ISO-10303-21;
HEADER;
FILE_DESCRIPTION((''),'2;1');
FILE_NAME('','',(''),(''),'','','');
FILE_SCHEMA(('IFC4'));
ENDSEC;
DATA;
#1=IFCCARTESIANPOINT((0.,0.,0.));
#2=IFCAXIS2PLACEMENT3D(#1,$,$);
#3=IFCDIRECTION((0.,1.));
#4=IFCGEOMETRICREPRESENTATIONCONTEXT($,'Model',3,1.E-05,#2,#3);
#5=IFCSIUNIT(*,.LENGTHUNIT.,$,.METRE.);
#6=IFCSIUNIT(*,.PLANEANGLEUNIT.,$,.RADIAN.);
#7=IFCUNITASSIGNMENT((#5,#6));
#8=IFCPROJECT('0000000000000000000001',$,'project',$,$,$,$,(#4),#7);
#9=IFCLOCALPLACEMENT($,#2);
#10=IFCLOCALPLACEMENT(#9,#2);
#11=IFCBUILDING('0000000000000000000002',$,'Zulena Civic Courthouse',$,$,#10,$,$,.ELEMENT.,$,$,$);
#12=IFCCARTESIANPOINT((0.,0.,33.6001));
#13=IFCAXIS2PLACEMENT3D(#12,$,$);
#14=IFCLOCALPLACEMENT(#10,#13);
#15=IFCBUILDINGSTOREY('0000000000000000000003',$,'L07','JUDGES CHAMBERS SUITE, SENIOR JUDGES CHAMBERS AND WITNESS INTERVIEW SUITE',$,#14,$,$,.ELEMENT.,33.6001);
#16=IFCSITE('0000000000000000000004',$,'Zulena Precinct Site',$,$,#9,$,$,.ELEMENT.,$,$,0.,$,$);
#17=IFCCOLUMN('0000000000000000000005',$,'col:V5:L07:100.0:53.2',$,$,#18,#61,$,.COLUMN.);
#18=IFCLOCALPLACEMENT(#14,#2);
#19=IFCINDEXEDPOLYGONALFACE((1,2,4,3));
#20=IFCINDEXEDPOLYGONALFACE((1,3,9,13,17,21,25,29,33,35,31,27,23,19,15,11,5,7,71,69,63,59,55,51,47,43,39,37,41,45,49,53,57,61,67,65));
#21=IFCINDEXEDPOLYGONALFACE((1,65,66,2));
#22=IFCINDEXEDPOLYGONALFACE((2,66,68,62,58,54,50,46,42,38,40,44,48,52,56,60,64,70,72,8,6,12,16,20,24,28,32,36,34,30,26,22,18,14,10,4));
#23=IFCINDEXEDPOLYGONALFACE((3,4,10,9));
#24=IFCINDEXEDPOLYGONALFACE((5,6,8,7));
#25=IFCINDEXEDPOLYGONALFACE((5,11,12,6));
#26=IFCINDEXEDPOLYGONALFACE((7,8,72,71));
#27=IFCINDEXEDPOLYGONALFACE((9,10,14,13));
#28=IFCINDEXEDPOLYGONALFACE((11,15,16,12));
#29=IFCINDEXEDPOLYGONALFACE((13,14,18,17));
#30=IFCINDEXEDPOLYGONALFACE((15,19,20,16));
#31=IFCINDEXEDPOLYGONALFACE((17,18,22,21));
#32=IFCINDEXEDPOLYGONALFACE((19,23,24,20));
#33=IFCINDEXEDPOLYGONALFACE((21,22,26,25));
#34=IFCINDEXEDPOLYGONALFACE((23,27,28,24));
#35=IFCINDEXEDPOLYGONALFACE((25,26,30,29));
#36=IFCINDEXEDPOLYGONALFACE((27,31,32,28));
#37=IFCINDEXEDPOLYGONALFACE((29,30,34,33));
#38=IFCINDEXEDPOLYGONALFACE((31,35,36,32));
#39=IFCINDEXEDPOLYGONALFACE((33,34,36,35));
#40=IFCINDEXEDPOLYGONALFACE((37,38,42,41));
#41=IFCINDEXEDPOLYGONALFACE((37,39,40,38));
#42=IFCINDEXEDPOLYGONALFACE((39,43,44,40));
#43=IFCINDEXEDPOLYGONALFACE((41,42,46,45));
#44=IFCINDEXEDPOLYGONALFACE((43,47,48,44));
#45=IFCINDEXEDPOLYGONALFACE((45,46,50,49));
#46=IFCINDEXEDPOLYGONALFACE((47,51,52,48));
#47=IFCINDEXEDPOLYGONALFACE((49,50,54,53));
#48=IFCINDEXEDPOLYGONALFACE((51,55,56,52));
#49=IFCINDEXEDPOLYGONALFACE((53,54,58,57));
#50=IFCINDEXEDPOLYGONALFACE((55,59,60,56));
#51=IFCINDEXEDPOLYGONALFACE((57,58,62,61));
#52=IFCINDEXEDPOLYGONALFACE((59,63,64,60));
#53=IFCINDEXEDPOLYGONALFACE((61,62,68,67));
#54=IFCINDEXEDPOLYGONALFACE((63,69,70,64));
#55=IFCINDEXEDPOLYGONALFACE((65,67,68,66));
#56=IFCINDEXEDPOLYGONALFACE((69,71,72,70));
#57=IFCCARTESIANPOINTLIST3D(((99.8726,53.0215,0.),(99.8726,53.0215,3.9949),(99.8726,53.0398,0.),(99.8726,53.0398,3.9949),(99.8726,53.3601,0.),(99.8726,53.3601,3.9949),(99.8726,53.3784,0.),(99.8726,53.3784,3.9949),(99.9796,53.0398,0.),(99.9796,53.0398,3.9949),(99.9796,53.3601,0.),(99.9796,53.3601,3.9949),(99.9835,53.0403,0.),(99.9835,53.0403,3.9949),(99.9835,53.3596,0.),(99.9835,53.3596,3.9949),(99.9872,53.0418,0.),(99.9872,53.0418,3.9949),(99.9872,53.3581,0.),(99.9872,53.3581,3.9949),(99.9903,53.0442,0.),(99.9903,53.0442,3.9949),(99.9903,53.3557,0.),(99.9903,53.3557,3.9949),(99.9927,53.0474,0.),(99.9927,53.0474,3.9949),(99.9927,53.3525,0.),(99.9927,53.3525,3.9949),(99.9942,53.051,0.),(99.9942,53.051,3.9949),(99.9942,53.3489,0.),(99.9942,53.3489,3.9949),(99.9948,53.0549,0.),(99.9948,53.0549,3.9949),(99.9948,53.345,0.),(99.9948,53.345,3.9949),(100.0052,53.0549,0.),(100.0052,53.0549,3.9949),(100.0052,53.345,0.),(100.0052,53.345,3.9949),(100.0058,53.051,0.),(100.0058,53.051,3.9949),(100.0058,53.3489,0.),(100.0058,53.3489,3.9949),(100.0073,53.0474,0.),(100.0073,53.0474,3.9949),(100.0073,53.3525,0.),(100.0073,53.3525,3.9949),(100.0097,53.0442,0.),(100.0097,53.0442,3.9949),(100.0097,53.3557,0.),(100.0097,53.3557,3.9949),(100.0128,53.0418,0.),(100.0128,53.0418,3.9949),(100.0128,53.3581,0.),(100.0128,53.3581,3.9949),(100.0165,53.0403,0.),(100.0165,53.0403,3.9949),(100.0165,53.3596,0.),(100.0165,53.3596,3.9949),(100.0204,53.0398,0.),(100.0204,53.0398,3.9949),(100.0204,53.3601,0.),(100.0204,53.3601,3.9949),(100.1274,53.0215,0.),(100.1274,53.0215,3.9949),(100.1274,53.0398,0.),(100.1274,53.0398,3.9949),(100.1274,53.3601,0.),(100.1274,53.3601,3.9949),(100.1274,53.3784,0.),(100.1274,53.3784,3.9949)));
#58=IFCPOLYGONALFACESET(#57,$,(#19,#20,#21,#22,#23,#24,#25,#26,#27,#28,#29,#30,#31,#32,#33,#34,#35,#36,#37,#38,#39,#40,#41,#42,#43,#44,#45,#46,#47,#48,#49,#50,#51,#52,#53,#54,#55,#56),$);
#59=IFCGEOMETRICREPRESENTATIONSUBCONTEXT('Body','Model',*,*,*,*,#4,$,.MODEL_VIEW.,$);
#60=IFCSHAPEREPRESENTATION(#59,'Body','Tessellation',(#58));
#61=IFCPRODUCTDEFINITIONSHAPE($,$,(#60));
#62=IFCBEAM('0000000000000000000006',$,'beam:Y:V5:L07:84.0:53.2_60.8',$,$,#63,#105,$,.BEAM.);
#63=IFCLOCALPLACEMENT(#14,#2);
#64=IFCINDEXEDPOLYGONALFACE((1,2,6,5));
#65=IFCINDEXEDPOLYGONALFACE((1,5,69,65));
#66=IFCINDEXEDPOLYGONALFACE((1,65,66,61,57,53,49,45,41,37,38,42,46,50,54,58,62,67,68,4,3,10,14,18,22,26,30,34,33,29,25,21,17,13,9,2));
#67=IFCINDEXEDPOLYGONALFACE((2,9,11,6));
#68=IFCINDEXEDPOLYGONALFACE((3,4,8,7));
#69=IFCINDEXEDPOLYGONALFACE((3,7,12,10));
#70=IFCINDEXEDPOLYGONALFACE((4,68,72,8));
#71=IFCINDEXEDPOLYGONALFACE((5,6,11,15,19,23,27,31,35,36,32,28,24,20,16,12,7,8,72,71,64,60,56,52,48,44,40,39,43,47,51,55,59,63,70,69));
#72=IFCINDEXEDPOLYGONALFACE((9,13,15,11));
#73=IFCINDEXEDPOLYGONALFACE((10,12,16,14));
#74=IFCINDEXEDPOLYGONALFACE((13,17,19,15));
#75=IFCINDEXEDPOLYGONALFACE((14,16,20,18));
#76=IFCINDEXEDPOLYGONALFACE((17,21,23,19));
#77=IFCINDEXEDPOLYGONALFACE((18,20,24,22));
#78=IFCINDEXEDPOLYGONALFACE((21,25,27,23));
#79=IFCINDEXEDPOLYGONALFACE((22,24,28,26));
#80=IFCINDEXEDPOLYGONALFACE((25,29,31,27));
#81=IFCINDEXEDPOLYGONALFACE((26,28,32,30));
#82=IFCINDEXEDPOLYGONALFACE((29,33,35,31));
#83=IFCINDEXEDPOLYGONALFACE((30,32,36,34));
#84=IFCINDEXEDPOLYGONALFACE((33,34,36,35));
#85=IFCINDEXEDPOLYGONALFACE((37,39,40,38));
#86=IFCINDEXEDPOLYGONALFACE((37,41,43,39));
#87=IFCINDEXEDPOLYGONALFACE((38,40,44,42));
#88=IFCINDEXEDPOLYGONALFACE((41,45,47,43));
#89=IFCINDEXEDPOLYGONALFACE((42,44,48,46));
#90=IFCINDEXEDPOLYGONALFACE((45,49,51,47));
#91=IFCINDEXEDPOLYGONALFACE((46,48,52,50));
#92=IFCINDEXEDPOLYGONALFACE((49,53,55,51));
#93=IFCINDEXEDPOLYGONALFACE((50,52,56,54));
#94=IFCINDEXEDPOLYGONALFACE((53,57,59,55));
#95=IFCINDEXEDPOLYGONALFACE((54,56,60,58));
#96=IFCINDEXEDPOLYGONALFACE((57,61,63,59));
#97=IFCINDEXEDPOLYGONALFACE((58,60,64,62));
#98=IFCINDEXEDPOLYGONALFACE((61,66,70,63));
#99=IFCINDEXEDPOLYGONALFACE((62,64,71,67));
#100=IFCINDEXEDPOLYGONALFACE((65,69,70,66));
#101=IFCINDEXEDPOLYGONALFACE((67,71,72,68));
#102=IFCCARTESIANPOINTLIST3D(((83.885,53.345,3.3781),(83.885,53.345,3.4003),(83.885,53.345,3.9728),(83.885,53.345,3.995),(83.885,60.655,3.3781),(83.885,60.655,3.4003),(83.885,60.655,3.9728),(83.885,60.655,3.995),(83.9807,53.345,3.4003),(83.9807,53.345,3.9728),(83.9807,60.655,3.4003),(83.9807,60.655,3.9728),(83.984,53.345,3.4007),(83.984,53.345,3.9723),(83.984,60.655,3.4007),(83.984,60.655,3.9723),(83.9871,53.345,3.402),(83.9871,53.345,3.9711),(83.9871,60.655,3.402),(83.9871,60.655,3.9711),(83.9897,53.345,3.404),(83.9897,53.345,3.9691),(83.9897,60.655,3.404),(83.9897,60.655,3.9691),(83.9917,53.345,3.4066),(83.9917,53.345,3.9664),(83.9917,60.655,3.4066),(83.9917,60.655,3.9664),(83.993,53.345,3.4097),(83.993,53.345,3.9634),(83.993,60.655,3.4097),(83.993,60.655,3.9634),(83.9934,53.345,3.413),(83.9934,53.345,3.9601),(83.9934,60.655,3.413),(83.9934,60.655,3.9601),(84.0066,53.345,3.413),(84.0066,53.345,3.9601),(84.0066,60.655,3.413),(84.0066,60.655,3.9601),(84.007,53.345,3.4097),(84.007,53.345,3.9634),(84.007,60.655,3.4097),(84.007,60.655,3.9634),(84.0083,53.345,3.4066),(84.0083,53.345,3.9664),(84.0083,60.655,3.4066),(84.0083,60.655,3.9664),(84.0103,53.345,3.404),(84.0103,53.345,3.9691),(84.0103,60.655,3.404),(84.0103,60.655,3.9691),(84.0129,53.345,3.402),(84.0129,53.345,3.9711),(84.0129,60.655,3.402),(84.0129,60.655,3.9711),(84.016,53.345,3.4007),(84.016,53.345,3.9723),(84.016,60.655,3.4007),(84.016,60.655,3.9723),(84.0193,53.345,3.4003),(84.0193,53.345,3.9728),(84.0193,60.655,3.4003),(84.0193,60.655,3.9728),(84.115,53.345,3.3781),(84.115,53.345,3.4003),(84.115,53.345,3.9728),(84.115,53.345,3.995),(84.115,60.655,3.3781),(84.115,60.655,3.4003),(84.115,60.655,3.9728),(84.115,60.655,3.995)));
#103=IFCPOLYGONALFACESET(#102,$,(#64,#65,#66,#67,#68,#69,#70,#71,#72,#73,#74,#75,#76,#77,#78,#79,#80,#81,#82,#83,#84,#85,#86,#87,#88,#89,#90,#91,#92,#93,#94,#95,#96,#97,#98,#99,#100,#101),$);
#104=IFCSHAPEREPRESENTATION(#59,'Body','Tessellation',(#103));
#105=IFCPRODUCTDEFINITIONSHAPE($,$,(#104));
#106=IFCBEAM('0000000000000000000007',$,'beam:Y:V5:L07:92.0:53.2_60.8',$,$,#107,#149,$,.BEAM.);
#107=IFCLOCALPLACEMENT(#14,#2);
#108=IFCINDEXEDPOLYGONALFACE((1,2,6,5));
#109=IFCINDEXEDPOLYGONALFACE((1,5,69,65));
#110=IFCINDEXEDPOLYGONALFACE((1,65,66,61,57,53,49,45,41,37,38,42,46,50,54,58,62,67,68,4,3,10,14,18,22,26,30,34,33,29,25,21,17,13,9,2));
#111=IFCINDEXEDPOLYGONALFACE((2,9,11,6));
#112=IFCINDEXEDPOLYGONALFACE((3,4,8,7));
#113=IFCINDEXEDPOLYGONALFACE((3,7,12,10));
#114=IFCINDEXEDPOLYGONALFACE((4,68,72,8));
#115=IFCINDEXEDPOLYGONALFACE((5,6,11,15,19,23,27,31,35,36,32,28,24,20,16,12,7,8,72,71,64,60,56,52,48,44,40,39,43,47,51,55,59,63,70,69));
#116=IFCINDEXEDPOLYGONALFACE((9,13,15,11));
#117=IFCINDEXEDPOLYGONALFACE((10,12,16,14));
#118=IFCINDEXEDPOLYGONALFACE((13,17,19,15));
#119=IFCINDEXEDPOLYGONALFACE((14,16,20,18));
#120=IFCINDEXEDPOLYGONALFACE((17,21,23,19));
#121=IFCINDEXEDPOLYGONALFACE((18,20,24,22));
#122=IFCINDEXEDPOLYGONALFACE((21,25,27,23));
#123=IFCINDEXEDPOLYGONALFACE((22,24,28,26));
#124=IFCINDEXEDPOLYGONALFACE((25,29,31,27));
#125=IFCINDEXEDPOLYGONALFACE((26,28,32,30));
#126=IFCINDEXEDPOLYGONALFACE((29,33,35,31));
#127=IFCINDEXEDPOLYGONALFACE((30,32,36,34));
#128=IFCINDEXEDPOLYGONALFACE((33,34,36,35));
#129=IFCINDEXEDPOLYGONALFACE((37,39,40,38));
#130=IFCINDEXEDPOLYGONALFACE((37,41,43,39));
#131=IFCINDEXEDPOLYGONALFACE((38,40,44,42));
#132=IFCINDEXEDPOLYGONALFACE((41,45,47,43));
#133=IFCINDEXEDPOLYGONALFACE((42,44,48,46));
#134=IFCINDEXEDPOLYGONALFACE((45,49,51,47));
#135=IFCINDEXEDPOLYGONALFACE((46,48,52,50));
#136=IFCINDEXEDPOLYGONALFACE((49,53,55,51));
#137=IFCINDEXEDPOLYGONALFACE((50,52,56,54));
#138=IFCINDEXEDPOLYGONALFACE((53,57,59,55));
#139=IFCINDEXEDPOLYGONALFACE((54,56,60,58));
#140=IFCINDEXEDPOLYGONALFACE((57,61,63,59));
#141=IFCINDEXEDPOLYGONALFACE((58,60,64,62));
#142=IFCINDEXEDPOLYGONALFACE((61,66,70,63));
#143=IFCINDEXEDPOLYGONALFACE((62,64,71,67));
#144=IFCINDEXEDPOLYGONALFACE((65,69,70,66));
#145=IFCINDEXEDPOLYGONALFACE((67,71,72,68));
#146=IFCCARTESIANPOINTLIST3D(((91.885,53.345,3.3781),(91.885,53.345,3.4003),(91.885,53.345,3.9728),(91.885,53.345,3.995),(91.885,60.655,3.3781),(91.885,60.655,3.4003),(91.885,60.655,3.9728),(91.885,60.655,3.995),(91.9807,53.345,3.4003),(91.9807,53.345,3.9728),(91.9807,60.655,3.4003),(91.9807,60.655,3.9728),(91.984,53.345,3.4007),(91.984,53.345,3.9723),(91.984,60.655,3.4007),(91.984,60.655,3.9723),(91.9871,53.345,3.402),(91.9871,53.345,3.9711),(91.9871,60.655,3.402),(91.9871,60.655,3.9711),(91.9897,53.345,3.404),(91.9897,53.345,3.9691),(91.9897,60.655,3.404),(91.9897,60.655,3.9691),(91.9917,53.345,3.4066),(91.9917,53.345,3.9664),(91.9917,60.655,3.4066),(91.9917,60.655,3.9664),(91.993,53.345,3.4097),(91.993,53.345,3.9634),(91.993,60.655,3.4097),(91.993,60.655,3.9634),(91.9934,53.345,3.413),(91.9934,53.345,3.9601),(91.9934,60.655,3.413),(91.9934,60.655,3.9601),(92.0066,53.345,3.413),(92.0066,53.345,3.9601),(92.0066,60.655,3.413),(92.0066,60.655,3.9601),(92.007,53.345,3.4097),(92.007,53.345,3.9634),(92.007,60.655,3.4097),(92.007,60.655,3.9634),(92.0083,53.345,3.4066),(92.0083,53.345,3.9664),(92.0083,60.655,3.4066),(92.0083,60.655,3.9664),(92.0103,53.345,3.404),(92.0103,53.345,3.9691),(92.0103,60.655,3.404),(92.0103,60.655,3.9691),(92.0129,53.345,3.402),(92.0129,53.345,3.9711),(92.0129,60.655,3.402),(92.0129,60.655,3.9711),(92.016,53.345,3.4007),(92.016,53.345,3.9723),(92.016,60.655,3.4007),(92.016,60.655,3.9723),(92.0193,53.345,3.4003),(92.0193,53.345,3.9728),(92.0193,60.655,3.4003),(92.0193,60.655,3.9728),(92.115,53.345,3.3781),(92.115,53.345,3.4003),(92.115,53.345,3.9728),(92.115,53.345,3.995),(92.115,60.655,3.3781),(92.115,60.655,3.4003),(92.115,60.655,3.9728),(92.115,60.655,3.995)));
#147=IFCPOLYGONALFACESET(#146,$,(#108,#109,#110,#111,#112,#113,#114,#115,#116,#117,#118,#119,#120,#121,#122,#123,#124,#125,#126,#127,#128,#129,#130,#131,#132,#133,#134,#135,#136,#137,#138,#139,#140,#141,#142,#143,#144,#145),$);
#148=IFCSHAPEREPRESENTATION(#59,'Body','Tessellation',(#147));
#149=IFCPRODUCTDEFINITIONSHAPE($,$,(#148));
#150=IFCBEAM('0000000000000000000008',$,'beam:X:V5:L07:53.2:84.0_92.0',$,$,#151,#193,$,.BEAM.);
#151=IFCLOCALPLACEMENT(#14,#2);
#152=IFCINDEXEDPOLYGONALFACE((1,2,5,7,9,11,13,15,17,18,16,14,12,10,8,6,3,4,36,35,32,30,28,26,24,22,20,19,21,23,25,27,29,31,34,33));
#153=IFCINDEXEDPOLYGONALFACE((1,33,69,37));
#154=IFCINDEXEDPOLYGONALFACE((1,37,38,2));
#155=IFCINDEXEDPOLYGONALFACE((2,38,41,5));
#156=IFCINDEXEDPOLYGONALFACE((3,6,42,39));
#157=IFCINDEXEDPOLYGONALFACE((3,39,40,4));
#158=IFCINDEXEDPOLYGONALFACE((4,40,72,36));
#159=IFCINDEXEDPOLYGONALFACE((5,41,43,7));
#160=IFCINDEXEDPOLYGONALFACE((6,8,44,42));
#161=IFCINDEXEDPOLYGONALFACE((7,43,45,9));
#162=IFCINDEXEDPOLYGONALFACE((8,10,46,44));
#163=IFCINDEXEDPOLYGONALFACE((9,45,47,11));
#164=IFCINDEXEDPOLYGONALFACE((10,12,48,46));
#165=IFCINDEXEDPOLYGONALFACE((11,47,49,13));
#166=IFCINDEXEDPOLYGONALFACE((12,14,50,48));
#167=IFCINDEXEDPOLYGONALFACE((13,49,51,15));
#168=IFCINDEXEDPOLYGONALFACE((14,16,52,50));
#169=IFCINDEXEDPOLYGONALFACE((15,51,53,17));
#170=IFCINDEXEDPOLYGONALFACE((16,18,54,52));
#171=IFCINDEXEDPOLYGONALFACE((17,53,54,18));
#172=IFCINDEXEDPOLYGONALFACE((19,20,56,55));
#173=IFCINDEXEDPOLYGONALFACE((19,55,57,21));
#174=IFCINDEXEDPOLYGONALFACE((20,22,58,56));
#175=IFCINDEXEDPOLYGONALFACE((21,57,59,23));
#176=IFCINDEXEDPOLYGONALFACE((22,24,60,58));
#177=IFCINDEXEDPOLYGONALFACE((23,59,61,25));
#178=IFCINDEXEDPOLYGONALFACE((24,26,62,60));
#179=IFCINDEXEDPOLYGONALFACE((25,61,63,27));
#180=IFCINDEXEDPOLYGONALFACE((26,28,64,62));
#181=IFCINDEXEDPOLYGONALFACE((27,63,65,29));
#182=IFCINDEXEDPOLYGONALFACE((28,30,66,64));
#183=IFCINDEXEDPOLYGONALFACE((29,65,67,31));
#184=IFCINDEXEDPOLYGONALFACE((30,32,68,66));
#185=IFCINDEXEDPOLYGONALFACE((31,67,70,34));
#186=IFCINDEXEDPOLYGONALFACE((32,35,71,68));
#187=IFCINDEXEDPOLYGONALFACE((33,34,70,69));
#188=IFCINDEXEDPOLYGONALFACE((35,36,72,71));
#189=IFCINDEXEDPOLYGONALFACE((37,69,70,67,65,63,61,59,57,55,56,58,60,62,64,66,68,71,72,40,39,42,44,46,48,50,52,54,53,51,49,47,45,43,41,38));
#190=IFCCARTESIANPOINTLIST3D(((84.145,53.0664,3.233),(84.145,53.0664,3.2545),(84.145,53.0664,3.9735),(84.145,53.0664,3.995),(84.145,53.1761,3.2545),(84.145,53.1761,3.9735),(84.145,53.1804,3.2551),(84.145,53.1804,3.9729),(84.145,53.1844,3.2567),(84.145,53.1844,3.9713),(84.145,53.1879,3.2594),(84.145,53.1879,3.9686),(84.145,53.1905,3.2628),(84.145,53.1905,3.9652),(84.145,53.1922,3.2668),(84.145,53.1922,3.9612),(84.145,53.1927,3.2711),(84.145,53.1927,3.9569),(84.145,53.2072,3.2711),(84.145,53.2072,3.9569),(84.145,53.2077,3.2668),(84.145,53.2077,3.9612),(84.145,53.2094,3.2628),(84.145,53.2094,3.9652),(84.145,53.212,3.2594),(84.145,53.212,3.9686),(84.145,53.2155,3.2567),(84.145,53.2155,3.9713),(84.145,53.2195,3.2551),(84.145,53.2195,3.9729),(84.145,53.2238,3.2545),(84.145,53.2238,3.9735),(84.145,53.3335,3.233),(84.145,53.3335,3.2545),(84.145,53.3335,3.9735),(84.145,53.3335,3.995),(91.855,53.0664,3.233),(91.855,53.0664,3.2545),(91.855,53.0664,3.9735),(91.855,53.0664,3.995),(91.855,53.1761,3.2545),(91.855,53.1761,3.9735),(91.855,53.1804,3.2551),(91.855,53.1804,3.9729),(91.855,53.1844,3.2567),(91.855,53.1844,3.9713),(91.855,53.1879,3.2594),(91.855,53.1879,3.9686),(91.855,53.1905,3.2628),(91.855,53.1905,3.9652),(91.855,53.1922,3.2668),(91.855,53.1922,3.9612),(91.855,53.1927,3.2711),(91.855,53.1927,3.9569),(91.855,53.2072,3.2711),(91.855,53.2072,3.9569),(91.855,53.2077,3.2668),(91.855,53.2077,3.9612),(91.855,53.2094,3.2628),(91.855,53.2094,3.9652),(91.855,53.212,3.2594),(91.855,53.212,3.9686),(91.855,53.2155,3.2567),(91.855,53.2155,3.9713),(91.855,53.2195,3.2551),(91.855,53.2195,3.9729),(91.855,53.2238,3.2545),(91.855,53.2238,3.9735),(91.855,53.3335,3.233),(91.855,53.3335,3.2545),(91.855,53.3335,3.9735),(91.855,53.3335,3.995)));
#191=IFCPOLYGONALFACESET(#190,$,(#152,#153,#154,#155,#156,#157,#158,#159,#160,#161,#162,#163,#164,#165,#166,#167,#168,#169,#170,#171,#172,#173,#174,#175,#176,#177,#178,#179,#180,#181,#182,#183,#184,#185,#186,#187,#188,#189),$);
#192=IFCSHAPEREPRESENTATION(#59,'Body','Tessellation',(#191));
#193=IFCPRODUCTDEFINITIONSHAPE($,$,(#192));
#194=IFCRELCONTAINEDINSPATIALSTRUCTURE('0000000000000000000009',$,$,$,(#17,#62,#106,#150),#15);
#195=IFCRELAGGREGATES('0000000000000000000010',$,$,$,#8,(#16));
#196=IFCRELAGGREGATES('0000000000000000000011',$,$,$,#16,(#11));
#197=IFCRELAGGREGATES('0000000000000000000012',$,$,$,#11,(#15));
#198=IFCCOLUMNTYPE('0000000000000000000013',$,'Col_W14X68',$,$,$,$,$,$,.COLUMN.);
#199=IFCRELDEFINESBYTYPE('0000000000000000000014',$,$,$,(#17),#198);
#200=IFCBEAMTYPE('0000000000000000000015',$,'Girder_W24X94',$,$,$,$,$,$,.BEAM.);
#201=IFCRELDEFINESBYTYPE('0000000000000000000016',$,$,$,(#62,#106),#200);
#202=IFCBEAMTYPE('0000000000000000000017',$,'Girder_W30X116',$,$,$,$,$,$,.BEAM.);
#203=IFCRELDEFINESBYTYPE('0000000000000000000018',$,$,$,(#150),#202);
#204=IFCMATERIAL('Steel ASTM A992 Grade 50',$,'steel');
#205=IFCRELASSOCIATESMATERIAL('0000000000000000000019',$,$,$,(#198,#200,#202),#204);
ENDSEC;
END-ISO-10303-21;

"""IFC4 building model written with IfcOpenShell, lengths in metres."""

from ifc_helpers import new_model, si_unit, direction, frame, origin, origin_2d, place, context, subcontext, project, spatial, i_section, extrude, material, material_profile, profile_set, type_object, element, save


model = new_model("IFC4")

# Units and contexts
model_context = context("Model", 3, precision=1e-05, world=origin(), true_north=direction((0.0, 1.0)))
body_context = subcontext(model_context, "Body", "Model", "MODEL_VIEW")
ifc_project = project(units=[si_unit("LENGTHUNIT", "METRE"), si_unit("PLANEANGLEUNIT", "RADIAN")], contexts=[model_context])

# Site, building, storey
site_placement = place(None, origin())
site = spatial("IfcSite", under=ifc_project, at=site_placement, Name="Zulena Precinct Site", CompositionType="ELEMENT", RefElevation=0.0)
building_placement = place(site_placement, origin())
building = spatial("IfcBuilding", under=site, at=building_placement, Name="Zulena Civic Courthouse", CompositionType="ELEMENT")
storey_placement = place(building_placement, frame((0.0, 0.0, 33.6001)))
storey = spatial("IfcBuildingStorey", under=building, at=storey_placement, Name="L07", Description="JUDGES CHAMBERS SUITE, SENIOR JUDGES CHAMBERS AND WITNESS INTERVIEW SUITE", CompositionType="ELEMENT", Elevation=33.6001)

# Column
ifc_material_1 = material(Name="Steel ASTM A992 Grade 50", Category="steel")
ifc_material_profile_1 = material_profile(ifc_material_1, i_section(OverallWidth=0.2549, OverallDepth=0.3569, WebThickness=0.0105, FlangeThickness=0.0183, FilletRadius=0.0151, at=origin_2d()), Name="W14X68")
ifc_profile_set_1 = profile_set([ifc_material_profile_1], Name="Steel ASTM A992 Grade 50")
column_type_1 = type_object("IfcColumnType", Name="Col_W14X68", PredefinedType="COLUMN", material=ifc_profile_set_1)
column_placement = place(storey_placement, frame((100.0, 53.2, 0.0), z_axis=(0.0, 0.0, 1.0), x_axis=(1.0, 0.0, 0.0)))
element("IfcColumn", 1, at=column_placement, inside=storey, type_object=column_type_1, Name="col:V5:L07:100.0:53.2", PredefinedType="COLUMN", context=body_context, shape_type="SweptSolid", body=[
    extrude(i_section(OverallWidth=0.2549, OverallDepth=0.3569, WebThickness=0.0105, FlangeThickness=0.0183, FilletRadius=0.0151, at=origin_2d()), origin(), (0.0, 0.0, 1.0), 3.9949),
])

# Beams
ifc_material_profile_2 = material_profile(ifc_material_1, i_section(OverallWidth=0.23, OverallDepth=0.6169, WebThickness=0.0132, FlangeThickness=0.0222, FilletRadius=0.0127, at=origin_2d()), Name="W24X94")
ifc_profile_set_2 = profile_set([ifc_material_profile_2], Name="Steel ASTM A992 Grade 50")
beam_type_1 = type_object("IfcBeamType", Name="Girder_W24X94", PredefinedType="BEAM", material=ifc_profile_set_2)
for number, where, z_axis, x_axis, name in (
    (2, (84.0, 53.345, 3.6865), (0.0, 1.0, 0.0), (-1.0, 0.0, 0.0), "beam:Y:V5:L07:84.0:53.2_60.8"),
    (3, (92.0, 53.345, 3.6865), (0.0, 1.0, 0.0), (-1.0, 0.0, 0.0), "beam:Y:V5:L07:92.0:53.2_60.8"),
):
    element("IfcBeam", number, at=place(storey_placement, frame(where, z_axis=z_axis, x_axis=x_axis)), inside=storey, type_object=beam_type_1, Name=name, PredefinedType="BEAM", context=body_context, shape_type="SweptSolid", body=[
        extrude(i_section(OverallWidth=0.23, OverallDepth=0.6169, WebThickness=0.0132, FlangeThickness=0.0222, FilletRadius=0.0127, at=origin_2d()), origin(), (0.0, 0.0, 1.0), 7.3101),
    ])
ifc_material_profile_3 = material_profile(ifc_material_1, i_section(OverallWidth=0.2671, OverallDepth=0.762, WebThickness=0.0144, FlangeThickness=0.0215, FilletRadius=0.0166, at=origin_2d()), Name="W30X116")
ifc_profile_set_3 = profile_set([ifc_material_profile_3], Name="Steel ASTM A992 Grade 50")
beam_type_2 = type_object("IfcBeamType", Name="Girder_W30X116", PredefinedType="BEAM", material=ifc_profile_set_3)
for number, where, z_axis, x_axis, name in (
    (4, (84.145, 53.2, 3.614), (1.0, 0.0, 0.0), (0.0, 1.0, 0.0), "beam:X:V5:L07:53.2:84.0_92.0"),
):
    element("IfcBeam", number, at=place(storey_placement, frame(where, z_axis=z_axis, x_axis=x_axis)), inside=storey, type_object=beam_type_2, Name=name, PredefinedType="BEAM", context=body_context, shape_type="SweptSolid", body=[
        extrude(i_section(OverallWidth=0.2671, OverallDepth=0.762, WebThickness=0.0144, FlangeThickness=0.0215, FilletRadius=0.0166, at=origin_2d()), origin(), (0.0, 0.0, 1.0), 7.71),
    ])

save(model, "model.ifc")
